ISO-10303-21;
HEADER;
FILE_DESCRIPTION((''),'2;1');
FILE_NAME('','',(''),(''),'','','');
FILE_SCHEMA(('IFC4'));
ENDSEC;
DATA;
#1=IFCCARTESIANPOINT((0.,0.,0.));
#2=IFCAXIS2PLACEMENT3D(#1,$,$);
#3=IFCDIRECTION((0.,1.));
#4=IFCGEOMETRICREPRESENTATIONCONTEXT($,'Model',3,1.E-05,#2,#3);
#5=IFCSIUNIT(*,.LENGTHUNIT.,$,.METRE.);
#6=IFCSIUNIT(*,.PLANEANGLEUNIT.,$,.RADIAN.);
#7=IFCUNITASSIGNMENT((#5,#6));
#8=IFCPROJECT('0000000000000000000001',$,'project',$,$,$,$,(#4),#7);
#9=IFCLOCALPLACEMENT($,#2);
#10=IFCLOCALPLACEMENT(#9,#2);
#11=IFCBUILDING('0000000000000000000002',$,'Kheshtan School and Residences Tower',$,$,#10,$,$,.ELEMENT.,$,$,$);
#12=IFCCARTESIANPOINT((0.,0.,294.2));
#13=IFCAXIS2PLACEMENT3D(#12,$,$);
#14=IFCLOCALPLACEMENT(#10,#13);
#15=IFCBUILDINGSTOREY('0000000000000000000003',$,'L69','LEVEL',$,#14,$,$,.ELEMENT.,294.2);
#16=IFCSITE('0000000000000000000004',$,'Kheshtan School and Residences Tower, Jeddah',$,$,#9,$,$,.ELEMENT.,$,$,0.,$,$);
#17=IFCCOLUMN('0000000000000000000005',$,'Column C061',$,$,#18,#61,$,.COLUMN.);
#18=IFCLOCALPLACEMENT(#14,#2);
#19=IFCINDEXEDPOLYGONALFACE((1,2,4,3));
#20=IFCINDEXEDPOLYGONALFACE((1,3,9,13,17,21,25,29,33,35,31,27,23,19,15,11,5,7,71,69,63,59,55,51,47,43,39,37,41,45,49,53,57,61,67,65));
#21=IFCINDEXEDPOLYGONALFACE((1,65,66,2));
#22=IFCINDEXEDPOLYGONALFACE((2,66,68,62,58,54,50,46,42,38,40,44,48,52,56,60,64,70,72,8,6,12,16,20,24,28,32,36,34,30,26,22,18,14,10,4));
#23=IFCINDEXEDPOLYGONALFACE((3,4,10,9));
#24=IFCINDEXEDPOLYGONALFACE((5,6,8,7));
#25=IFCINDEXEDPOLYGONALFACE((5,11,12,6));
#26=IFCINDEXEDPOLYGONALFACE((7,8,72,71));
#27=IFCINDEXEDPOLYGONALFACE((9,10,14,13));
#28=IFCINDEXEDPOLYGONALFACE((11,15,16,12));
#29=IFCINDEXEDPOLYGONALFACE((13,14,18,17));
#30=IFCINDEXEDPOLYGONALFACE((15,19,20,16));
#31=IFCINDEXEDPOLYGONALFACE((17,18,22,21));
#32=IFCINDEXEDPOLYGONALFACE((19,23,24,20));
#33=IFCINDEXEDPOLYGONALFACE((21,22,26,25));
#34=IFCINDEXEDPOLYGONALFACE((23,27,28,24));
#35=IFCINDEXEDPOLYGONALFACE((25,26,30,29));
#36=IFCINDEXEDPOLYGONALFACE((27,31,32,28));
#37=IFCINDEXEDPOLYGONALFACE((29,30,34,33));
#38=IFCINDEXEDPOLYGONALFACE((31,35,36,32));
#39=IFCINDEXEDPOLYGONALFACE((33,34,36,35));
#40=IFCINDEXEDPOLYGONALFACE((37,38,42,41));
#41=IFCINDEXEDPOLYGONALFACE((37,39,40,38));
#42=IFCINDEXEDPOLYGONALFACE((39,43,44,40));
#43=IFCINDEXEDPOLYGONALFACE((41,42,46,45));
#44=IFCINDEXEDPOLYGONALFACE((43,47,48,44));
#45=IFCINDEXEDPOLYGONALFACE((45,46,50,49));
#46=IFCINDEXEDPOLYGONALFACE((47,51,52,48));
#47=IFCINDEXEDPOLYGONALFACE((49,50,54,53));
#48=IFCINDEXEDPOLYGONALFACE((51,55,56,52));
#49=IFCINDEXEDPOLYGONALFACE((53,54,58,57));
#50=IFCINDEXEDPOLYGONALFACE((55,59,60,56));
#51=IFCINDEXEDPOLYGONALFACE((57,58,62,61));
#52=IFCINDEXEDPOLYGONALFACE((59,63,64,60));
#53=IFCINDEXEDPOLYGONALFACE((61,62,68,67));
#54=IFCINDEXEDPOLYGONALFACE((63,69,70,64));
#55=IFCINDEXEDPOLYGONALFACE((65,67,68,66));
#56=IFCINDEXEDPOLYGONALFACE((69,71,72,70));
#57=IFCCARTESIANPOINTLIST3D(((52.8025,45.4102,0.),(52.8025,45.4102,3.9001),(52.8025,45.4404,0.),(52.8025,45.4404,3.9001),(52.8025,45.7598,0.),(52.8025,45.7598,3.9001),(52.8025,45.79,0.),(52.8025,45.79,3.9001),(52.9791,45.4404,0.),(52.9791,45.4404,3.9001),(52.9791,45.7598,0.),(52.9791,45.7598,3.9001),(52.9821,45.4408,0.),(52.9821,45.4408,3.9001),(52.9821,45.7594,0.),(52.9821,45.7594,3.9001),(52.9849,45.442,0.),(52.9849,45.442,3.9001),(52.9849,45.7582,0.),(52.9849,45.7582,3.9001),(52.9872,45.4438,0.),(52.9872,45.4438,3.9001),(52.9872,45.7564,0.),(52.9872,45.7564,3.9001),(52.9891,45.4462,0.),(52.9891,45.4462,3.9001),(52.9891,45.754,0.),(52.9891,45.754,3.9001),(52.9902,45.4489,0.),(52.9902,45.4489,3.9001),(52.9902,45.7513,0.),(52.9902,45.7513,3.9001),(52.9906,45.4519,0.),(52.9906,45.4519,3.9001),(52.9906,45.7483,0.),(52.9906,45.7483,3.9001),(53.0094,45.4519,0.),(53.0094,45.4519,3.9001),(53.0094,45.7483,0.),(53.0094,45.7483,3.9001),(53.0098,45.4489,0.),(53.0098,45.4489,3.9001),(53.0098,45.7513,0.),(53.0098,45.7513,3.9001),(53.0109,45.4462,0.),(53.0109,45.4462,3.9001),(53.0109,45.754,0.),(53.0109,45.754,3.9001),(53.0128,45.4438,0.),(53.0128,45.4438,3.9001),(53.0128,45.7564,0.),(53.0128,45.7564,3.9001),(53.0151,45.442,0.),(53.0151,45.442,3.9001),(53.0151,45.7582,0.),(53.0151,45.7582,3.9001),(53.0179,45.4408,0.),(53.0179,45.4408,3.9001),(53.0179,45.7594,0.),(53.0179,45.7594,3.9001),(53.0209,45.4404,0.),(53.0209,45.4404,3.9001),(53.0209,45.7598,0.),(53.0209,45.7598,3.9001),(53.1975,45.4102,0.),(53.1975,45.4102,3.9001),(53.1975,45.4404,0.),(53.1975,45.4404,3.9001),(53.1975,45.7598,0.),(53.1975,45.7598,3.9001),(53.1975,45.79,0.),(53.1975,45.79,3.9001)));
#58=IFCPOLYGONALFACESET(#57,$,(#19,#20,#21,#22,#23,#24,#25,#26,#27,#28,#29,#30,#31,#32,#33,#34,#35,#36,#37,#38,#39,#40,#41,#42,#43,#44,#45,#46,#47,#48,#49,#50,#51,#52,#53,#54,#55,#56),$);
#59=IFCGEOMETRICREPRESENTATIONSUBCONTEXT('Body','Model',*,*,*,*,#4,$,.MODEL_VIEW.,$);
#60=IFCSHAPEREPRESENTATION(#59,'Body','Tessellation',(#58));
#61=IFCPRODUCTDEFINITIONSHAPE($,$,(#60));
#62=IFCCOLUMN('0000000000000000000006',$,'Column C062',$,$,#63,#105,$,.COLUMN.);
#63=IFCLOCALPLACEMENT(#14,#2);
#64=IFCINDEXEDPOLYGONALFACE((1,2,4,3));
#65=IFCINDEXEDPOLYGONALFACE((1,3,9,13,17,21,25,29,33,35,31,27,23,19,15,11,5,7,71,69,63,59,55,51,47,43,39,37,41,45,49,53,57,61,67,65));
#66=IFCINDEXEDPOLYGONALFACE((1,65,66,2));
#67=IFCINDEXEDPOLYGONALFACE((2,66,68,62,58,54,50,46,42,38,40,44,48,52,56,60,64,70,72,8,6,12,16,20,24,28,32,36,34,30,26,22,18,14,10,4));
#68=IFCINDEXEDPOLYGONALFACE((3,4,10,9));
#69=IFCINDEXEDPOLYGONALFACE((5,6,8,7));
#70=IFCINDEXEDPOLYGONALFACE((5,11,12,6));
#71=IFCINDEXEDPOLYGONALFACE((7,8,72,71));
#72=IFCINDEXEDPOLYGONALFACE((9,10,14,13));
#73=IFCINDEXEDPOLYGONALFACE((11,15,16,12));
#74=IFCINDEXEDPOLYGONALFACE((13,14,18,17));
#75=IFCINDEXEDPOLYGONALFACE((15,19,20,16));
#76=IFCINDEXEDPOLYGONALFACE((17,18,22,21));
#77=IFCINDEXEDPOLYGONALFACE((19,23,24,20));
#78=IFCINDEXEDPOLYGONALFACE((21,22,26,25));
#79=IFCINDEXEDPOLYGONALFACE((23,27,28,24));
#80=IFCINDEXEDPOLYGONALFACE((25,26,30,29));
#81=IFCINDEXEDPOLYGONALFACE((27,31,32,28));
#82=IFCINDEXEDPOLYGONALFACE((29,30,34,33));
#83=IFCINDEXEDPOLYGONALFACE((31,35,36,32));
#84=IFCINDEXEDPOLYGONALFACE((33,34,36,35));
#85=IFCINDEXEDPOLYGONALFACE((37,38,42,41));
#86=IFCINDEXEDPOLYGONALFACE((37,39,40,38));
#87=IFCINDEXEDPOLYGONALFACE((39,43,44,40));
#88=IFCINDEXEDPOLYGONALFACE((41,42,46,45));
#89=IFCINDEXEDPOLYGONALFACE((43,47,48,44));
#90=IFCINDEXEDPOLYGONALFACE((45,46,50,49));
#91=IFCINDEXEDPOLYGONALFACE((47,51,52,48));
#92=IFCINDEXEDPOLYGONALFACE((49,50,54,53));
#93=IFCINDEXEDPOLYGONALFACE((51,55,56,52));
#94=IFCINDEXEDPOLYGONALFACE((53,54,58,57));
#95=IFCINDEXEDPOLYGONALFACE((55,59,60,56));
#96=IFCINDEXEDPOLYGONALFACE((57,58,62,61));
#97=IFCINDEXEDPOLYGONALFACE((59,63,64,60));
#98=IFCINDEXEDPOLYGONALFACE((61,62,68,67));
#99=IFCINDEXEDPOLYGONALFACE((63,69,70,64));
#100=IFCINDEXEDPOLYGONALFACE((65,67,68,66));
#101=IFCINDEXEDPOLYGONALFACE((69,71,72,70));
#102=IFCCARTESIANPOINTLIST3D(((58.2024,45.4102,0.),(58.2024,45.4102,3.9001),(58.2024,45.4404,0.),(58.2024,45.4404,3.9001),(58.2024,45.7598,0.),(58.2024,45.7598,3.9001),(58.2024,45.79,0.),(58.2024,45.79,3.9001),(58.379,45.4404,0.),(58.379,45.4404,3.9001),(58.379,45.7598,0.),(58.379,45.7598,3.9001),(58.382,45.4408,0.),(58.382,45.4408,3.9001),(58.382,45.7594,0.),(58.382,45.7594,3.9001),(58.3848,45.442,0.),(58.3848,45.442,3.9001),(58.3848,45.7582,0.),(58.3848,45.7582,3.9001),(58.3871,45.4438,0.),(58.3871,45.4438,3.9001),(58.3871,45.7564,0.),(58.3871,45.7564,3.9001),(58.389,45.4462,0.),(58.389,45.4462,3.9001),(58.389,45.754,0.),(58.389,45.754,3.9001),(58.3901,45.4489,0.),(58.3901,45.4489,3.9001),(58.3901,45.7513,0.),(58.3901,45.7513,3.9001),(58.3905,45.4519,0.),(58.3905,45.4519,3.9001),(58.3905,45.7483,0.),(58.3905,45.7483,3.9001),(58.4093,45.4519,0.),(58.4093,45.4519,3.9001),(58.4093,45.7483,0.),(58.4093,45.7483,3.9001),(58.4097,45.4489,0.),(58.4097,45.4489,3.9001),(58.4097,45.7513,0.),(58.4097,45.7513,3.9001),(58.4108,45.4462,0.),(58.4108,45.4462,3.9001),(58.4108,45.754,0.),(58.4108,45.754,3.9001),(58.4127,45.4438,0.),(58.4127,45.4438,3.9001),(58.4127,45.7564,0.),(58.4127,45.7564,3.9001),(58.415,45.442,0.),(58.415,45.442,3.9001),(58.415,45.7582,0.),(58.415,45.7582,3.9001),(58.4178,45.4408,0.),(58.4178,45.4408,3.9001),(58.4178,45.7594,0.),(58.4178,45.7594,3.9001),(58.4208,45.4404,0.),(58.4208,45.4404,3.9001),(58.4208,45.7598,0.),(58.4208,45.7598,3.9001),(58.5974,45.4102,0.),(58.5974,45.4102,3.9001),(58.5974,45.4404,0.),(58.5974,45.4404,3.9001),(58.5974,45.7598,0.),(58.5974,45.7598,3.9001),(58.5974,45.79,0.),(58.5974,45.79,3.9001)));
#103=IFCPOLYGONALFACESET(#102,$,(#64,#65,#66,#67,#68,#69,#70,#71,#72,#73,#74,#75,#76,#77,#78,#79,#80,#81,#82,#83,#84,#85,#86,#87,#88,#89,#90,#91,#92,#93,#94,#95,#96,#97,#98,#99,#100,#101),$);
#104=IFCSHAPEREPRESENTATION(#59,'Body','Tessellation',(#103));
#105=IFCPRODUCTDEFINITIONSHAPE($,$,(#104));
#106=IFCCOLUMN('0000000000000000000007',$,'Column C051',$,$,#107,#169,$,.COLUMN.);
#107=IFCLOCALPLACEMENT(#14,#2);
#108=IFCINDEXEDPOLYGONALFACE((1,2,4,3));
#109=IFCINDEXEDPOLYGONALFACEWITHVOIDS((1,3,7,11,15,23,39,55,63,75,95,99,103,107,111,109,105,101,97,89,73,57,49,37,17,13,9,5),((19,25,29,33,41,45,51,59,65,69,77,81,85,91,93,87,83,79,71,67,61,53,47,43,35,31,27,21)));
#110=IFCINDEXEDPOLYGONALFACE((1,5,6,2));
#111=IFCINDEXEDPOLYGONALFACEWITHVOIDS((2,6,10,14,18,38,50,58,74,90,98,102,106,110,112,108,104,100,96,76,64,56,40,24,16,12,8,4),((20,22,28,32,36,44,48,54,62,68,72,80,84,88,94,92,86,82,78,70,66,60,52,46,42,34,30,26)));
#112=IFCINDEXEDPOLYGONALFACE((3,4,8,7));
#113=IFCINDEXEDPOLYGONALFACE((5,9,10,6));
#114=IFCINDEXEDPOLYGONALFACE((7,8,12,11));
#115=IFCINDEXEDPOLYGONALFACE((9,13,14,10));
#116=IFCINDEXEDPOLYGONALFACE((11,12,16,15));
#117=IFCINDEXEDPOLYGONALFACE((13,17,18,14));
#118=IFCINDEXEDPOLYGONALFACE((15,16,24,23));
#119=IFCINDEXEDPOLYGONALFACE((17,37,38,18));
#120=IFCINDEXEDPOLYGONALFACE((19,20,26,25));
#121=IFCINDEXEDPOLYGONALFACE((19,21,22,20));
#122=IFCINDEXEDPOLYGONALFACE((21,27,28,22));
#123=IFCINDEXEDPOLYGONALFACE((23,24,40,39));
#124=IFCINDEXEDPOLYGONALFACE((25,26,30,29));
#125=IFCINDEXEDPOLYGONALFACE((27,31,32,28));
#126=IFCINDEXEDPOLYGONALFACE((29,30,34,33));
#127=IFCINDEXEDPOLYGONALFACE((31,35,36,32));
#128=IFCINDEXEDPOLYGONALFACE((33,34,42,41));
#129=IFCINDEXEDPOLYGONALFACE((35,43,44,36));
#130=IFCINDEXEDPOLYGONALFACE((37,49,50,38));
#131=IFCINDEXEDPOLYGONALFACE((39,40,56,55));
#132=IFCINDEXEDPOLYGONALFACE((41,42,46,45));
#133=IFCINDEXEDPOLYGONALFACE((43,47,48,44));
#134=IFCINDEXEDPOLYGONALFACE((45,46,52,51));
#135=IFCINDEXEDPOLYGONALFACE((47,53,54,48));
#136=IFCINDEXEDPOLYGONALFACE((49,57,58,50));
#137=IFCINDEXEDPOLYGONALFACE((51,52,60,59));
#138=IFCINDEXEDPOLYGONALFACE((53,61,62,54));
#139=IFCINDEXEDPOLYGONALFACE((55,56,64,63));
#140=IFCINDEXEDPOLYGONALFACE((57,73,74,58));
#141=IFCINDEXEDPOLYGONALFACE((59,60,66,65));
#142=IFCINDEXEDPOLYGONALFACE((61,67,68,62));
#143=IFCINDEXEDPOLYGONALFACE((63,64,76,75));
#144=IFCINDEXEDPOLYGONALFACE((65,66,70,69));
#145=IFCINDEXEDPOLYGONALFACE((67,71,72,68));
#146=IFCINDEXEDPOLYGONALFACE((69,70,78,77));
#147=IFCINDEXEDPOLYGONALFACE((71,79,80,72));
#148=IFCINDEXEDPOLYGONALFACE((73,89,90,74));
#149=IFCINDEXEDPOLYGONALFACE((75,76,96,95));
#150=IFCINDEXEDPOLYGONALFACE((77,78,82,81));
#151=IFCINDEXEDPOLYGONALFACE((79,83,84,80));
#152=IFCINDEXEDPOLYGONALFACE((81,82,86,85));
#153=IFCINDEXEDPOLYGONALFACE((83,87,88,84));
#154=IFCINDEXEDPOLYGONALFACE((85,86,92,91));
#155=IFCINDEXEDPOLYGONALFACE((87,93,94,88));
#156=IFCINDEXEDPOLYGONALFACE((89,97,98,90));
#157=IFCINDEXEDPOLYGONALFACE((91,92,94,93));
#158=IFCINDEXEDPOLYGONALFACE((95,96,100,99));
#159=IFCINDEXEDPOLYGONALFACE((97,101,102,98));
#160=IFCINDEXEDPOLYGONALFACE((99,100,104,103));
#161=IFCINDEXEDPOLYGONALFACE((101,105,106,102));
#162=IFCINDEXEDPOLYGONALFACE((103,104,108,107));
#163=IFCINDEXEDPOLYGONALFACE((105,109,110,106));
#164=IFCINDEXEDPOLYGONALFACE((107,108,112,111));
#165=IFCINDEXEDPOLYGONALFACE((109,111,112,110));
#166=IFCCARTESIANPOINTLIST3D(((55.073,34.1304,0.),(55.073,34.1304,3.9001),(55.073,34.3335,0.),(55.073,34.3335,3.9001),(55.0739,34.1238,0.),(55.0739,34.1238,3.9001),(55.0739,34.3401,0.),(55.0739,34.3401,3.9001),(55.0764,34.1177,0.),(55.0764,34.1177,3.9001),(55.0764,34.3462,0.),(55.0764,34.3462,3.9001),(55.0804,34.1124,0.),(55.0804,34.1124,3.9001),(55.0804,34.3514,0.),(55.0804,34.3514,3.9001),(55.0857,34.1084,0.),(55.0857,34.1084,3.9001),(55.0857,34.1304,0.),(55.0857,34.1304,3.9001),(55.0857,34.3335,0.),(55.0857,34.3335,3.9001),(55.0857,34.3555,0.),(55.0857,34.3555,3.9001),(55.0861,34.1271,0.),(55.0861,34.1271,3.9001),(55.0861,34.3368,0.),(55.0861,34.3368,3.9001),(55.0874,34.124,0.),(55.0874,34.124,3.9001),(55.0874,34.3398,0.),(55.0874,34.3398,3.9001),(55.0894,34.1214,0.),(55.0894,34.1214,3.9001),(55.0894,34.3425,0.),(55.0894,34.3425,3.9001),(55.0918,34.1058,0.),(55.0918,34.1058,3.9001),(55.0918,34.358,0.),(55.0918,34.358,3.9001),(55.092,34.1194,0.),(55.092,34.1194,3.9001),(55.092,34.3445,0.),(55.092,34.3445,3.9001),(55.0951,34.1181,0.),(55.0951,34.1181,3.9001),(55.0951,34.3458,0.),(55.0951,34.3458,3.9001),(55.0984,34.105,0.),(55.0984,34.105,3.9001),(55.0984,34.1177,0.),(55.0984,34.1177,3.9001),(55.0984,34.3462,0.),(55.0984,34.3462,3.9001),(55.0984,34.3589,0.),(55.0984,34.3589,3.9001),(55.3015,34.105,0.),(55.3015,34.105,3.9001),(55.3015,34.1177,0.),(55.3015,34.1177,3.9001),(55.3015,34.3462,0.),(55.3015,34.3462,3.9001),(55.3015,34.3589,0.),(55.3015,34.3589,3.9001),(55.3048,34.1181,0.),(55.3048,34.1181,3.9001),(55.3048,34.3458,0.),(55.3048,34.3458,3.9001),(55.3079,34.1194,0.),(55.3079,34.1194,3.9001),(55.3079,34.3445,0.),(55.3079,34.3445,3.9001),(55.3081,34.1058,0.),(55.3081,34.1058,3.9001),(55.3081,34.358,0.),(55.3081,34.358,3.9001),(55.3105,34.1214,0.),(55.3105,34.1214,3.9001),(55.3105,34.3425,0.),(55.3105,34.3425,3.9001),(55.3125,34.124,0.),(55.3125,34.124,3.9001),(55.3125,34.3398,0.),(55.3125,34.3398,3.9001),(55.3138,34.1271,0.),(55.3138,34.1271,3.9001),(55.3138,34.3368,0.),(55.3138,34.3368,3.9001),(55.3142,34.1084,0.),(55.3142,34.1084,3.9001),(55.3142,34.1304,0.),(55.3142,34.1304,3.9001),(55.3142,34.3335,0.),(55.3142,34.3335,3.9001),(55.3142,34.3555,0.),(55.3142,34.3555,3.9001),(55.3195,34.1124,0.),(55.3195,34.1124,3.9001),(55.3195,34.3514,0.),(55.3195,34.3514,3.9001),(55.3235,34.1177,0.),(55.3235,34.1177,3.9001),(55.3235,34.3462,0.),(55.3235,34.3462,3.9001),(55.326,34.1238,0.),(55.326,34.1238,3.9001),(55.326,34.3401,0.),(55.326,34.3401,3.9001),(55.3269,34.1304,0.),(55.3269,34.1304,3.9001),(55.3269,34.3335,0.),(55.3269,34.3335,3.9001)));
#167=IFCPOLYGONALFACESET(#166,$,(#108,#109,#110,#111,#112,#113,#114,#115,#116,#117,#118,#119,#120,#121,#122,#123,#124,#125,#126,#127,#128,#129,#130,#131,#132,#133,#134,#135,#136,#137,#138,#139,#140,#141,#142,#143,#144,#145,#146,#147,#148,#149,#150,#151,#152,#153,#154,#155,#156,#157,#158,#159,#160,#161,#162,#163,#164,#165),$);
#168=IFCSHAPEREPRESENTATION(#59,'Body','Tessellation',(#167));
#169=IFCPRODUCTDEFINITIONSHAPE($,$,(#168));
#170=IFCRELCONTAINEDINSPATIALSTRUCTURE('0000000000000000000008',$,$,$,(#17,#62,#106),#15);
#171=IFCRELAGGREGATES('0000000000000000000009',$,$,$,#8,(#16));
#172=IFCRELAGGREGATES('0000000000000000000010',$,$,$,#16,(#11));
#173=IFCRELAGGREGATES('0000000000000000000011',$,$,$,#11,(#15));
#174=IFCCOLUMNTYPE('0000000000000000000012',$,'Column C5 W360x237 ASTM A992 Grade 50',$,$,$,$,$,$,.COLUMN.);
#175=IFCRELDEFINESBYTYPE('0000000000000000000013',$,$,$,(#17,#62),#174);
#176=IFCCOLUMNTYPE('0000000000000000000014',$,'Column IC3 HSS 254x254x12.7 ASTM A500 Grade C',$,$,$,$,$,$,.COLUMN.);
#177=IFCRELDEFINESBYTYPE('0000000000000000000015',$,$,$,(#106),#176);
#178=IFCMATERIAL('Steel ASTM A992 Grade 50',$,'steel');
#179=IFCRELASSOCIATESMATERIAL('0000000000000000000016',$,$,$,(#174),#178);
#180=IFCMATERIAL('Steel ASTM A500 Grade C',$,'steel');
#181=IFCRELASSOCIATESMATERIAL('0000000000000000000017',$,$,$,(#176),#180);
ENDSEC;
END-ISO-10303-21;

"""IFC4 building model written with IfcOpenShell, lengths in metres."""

from ifc_helpers import new_model, si_unit, direction, frame, origin, origin_2d, place, context, subcontext, project, spatial, hollow_rectangle, i_section, extrude, material, material_profile, profile_set, type_object, element, save


model = new_model("IFC4")

# Units and contexts
model_context = context("Model", 3, precision=1e-05, world=origin(), true_north=direction((0.0, 1.0)))
body_context = subcontext(model_context, "Body", "Model", "MODEL_VIEW")
ifc_project = project(units=[si_unit("LENGTHUNIT", "METRE"), si_unit("PLANEANGLEUNIT", "RADIAN")], contexts=[model_context])

# Site, building, storey
site_placement = place(None, origin())
site = spatial("IfcSite", under=ifc_project, at=site_placement, Name="Kheshtan School and Residences Tower, Jeddah", CompositionType="ELEMENT", RefElevation=0.0)
building_placement = place(site_placement, origin())
building = spatial("IfcBuilding", under=site, at=building_placement, Name="Kheshtan School and Residences Tower", CompositionType="ELEMENT")
storey_placement = place(building_placement, frame((0.0, 0.0, 294.2)))
storey = spatial("IfcBuildingStorey", under=building, at=storey_placement, Name="L69", Description="LEVEL", CompositionType="ELEMENT", Elevation=294.2)

# Columns
ifc_material_1 = material(Name="Steel ASTM A992 Grade 50", Category="steel")
ifc_material_profile_1 = material_profile(ifc_material_1, i_section(OverallWidth=0.395, OverallDepth=0.3799, WebThickness=0.0188, FlangeThickness=0.0303, FilletRadius=0.0115, at=origin_2d()), Name="W360x237")
ifc_profile_set_1 = profile_set([ifc_material_profile_1], Name="Steel ASTM A992 Grade 50")
column_type_1 = type_object("IfcColumnType", Name="Column C5 W360x237 ASTM A992 Grade 50", PredefinedType="COLUMN", material=ifc_profile_set_1)
for number, where, z_axis, x_axis, name in (
    (1, (53.0, 45.6001, 0.0), (0.0, 0.0, 1.0), (1.0, 0.0, 0.0), "Column C061"),
    (2, (58.3999, 45.6001, 0.0), (0.0, 0.0, 1.0), (1.0, 0.0, 0.0), "Column C062"),
):
    element("IfcColumn", number, at=place(storey_placement, frame(where, z_axis=z_axis, x_axis=x_axis)), inside=storey, type_object=column_type_1, Name=name, PredefinedType="COLUMN", context=body_context, shape_type="SweptSolid", body=[
        extrude(i_section(OverallWidth=0.395, OverallDepth=0.3799, WebThickness=0.0188, FlangeThickness=0.0303, FilletRadius=0.0115, at=origin_2d()), origin(), (0.0, 0.0, 1.0), 3.9001),
    ])
ifc_material_2 = material(Name="Steel ASTM A500 Grade C", Category="steel")
ifc_material_profile_2 = material_profile(ifc_material_2, hollow_rectangle(XDim=0.2539, YDim=0.2539, WallThickness=0.0127, InnerFilletRadius=0.0127, OuterFilletRadius=0.0254, at=origin_2d()), Name="HSS 254x254x12.7")
ifc_profile_set_2 = profile_set([ifc_material_profile_2], Name="Steel ASTM A500 Grade C")
column_type_2 = type_object("IfcColumnType", Name="Column IC3 HSS 254x254x12.7 ASTM A500 Grade C", PredefinedType="COLUMN", material=ifc_profile_set_2)
for number, where, z_axis, x_axis, name in (
    (3, (55.2, 34.2319, 0.0), (0.0, 0.0, 1.0), (1.0, 0.0, 0.0), "Column C051"),
):
    element("IfcColumn", number, at=place(storey_placement, frame(where, z_axis=z_axis, x_axis=x_axis)), inside=storey, type_object=column_type_2, Name=name, PredefinedType="COLUMN", context=body_context, shape_type="SweptSolid", body=[
        extrude(hollow_rectangle(XDim=0.2539, YDim=0.2539, WallThickness=0.0127, InnerFilletRadius=0.0127, OuterFilletRadius=0.0254, at=origin_2d()), origin(), (0.0, 0.0, 1.0), 3.9001),
    ])

save(model, "model.ifc")
